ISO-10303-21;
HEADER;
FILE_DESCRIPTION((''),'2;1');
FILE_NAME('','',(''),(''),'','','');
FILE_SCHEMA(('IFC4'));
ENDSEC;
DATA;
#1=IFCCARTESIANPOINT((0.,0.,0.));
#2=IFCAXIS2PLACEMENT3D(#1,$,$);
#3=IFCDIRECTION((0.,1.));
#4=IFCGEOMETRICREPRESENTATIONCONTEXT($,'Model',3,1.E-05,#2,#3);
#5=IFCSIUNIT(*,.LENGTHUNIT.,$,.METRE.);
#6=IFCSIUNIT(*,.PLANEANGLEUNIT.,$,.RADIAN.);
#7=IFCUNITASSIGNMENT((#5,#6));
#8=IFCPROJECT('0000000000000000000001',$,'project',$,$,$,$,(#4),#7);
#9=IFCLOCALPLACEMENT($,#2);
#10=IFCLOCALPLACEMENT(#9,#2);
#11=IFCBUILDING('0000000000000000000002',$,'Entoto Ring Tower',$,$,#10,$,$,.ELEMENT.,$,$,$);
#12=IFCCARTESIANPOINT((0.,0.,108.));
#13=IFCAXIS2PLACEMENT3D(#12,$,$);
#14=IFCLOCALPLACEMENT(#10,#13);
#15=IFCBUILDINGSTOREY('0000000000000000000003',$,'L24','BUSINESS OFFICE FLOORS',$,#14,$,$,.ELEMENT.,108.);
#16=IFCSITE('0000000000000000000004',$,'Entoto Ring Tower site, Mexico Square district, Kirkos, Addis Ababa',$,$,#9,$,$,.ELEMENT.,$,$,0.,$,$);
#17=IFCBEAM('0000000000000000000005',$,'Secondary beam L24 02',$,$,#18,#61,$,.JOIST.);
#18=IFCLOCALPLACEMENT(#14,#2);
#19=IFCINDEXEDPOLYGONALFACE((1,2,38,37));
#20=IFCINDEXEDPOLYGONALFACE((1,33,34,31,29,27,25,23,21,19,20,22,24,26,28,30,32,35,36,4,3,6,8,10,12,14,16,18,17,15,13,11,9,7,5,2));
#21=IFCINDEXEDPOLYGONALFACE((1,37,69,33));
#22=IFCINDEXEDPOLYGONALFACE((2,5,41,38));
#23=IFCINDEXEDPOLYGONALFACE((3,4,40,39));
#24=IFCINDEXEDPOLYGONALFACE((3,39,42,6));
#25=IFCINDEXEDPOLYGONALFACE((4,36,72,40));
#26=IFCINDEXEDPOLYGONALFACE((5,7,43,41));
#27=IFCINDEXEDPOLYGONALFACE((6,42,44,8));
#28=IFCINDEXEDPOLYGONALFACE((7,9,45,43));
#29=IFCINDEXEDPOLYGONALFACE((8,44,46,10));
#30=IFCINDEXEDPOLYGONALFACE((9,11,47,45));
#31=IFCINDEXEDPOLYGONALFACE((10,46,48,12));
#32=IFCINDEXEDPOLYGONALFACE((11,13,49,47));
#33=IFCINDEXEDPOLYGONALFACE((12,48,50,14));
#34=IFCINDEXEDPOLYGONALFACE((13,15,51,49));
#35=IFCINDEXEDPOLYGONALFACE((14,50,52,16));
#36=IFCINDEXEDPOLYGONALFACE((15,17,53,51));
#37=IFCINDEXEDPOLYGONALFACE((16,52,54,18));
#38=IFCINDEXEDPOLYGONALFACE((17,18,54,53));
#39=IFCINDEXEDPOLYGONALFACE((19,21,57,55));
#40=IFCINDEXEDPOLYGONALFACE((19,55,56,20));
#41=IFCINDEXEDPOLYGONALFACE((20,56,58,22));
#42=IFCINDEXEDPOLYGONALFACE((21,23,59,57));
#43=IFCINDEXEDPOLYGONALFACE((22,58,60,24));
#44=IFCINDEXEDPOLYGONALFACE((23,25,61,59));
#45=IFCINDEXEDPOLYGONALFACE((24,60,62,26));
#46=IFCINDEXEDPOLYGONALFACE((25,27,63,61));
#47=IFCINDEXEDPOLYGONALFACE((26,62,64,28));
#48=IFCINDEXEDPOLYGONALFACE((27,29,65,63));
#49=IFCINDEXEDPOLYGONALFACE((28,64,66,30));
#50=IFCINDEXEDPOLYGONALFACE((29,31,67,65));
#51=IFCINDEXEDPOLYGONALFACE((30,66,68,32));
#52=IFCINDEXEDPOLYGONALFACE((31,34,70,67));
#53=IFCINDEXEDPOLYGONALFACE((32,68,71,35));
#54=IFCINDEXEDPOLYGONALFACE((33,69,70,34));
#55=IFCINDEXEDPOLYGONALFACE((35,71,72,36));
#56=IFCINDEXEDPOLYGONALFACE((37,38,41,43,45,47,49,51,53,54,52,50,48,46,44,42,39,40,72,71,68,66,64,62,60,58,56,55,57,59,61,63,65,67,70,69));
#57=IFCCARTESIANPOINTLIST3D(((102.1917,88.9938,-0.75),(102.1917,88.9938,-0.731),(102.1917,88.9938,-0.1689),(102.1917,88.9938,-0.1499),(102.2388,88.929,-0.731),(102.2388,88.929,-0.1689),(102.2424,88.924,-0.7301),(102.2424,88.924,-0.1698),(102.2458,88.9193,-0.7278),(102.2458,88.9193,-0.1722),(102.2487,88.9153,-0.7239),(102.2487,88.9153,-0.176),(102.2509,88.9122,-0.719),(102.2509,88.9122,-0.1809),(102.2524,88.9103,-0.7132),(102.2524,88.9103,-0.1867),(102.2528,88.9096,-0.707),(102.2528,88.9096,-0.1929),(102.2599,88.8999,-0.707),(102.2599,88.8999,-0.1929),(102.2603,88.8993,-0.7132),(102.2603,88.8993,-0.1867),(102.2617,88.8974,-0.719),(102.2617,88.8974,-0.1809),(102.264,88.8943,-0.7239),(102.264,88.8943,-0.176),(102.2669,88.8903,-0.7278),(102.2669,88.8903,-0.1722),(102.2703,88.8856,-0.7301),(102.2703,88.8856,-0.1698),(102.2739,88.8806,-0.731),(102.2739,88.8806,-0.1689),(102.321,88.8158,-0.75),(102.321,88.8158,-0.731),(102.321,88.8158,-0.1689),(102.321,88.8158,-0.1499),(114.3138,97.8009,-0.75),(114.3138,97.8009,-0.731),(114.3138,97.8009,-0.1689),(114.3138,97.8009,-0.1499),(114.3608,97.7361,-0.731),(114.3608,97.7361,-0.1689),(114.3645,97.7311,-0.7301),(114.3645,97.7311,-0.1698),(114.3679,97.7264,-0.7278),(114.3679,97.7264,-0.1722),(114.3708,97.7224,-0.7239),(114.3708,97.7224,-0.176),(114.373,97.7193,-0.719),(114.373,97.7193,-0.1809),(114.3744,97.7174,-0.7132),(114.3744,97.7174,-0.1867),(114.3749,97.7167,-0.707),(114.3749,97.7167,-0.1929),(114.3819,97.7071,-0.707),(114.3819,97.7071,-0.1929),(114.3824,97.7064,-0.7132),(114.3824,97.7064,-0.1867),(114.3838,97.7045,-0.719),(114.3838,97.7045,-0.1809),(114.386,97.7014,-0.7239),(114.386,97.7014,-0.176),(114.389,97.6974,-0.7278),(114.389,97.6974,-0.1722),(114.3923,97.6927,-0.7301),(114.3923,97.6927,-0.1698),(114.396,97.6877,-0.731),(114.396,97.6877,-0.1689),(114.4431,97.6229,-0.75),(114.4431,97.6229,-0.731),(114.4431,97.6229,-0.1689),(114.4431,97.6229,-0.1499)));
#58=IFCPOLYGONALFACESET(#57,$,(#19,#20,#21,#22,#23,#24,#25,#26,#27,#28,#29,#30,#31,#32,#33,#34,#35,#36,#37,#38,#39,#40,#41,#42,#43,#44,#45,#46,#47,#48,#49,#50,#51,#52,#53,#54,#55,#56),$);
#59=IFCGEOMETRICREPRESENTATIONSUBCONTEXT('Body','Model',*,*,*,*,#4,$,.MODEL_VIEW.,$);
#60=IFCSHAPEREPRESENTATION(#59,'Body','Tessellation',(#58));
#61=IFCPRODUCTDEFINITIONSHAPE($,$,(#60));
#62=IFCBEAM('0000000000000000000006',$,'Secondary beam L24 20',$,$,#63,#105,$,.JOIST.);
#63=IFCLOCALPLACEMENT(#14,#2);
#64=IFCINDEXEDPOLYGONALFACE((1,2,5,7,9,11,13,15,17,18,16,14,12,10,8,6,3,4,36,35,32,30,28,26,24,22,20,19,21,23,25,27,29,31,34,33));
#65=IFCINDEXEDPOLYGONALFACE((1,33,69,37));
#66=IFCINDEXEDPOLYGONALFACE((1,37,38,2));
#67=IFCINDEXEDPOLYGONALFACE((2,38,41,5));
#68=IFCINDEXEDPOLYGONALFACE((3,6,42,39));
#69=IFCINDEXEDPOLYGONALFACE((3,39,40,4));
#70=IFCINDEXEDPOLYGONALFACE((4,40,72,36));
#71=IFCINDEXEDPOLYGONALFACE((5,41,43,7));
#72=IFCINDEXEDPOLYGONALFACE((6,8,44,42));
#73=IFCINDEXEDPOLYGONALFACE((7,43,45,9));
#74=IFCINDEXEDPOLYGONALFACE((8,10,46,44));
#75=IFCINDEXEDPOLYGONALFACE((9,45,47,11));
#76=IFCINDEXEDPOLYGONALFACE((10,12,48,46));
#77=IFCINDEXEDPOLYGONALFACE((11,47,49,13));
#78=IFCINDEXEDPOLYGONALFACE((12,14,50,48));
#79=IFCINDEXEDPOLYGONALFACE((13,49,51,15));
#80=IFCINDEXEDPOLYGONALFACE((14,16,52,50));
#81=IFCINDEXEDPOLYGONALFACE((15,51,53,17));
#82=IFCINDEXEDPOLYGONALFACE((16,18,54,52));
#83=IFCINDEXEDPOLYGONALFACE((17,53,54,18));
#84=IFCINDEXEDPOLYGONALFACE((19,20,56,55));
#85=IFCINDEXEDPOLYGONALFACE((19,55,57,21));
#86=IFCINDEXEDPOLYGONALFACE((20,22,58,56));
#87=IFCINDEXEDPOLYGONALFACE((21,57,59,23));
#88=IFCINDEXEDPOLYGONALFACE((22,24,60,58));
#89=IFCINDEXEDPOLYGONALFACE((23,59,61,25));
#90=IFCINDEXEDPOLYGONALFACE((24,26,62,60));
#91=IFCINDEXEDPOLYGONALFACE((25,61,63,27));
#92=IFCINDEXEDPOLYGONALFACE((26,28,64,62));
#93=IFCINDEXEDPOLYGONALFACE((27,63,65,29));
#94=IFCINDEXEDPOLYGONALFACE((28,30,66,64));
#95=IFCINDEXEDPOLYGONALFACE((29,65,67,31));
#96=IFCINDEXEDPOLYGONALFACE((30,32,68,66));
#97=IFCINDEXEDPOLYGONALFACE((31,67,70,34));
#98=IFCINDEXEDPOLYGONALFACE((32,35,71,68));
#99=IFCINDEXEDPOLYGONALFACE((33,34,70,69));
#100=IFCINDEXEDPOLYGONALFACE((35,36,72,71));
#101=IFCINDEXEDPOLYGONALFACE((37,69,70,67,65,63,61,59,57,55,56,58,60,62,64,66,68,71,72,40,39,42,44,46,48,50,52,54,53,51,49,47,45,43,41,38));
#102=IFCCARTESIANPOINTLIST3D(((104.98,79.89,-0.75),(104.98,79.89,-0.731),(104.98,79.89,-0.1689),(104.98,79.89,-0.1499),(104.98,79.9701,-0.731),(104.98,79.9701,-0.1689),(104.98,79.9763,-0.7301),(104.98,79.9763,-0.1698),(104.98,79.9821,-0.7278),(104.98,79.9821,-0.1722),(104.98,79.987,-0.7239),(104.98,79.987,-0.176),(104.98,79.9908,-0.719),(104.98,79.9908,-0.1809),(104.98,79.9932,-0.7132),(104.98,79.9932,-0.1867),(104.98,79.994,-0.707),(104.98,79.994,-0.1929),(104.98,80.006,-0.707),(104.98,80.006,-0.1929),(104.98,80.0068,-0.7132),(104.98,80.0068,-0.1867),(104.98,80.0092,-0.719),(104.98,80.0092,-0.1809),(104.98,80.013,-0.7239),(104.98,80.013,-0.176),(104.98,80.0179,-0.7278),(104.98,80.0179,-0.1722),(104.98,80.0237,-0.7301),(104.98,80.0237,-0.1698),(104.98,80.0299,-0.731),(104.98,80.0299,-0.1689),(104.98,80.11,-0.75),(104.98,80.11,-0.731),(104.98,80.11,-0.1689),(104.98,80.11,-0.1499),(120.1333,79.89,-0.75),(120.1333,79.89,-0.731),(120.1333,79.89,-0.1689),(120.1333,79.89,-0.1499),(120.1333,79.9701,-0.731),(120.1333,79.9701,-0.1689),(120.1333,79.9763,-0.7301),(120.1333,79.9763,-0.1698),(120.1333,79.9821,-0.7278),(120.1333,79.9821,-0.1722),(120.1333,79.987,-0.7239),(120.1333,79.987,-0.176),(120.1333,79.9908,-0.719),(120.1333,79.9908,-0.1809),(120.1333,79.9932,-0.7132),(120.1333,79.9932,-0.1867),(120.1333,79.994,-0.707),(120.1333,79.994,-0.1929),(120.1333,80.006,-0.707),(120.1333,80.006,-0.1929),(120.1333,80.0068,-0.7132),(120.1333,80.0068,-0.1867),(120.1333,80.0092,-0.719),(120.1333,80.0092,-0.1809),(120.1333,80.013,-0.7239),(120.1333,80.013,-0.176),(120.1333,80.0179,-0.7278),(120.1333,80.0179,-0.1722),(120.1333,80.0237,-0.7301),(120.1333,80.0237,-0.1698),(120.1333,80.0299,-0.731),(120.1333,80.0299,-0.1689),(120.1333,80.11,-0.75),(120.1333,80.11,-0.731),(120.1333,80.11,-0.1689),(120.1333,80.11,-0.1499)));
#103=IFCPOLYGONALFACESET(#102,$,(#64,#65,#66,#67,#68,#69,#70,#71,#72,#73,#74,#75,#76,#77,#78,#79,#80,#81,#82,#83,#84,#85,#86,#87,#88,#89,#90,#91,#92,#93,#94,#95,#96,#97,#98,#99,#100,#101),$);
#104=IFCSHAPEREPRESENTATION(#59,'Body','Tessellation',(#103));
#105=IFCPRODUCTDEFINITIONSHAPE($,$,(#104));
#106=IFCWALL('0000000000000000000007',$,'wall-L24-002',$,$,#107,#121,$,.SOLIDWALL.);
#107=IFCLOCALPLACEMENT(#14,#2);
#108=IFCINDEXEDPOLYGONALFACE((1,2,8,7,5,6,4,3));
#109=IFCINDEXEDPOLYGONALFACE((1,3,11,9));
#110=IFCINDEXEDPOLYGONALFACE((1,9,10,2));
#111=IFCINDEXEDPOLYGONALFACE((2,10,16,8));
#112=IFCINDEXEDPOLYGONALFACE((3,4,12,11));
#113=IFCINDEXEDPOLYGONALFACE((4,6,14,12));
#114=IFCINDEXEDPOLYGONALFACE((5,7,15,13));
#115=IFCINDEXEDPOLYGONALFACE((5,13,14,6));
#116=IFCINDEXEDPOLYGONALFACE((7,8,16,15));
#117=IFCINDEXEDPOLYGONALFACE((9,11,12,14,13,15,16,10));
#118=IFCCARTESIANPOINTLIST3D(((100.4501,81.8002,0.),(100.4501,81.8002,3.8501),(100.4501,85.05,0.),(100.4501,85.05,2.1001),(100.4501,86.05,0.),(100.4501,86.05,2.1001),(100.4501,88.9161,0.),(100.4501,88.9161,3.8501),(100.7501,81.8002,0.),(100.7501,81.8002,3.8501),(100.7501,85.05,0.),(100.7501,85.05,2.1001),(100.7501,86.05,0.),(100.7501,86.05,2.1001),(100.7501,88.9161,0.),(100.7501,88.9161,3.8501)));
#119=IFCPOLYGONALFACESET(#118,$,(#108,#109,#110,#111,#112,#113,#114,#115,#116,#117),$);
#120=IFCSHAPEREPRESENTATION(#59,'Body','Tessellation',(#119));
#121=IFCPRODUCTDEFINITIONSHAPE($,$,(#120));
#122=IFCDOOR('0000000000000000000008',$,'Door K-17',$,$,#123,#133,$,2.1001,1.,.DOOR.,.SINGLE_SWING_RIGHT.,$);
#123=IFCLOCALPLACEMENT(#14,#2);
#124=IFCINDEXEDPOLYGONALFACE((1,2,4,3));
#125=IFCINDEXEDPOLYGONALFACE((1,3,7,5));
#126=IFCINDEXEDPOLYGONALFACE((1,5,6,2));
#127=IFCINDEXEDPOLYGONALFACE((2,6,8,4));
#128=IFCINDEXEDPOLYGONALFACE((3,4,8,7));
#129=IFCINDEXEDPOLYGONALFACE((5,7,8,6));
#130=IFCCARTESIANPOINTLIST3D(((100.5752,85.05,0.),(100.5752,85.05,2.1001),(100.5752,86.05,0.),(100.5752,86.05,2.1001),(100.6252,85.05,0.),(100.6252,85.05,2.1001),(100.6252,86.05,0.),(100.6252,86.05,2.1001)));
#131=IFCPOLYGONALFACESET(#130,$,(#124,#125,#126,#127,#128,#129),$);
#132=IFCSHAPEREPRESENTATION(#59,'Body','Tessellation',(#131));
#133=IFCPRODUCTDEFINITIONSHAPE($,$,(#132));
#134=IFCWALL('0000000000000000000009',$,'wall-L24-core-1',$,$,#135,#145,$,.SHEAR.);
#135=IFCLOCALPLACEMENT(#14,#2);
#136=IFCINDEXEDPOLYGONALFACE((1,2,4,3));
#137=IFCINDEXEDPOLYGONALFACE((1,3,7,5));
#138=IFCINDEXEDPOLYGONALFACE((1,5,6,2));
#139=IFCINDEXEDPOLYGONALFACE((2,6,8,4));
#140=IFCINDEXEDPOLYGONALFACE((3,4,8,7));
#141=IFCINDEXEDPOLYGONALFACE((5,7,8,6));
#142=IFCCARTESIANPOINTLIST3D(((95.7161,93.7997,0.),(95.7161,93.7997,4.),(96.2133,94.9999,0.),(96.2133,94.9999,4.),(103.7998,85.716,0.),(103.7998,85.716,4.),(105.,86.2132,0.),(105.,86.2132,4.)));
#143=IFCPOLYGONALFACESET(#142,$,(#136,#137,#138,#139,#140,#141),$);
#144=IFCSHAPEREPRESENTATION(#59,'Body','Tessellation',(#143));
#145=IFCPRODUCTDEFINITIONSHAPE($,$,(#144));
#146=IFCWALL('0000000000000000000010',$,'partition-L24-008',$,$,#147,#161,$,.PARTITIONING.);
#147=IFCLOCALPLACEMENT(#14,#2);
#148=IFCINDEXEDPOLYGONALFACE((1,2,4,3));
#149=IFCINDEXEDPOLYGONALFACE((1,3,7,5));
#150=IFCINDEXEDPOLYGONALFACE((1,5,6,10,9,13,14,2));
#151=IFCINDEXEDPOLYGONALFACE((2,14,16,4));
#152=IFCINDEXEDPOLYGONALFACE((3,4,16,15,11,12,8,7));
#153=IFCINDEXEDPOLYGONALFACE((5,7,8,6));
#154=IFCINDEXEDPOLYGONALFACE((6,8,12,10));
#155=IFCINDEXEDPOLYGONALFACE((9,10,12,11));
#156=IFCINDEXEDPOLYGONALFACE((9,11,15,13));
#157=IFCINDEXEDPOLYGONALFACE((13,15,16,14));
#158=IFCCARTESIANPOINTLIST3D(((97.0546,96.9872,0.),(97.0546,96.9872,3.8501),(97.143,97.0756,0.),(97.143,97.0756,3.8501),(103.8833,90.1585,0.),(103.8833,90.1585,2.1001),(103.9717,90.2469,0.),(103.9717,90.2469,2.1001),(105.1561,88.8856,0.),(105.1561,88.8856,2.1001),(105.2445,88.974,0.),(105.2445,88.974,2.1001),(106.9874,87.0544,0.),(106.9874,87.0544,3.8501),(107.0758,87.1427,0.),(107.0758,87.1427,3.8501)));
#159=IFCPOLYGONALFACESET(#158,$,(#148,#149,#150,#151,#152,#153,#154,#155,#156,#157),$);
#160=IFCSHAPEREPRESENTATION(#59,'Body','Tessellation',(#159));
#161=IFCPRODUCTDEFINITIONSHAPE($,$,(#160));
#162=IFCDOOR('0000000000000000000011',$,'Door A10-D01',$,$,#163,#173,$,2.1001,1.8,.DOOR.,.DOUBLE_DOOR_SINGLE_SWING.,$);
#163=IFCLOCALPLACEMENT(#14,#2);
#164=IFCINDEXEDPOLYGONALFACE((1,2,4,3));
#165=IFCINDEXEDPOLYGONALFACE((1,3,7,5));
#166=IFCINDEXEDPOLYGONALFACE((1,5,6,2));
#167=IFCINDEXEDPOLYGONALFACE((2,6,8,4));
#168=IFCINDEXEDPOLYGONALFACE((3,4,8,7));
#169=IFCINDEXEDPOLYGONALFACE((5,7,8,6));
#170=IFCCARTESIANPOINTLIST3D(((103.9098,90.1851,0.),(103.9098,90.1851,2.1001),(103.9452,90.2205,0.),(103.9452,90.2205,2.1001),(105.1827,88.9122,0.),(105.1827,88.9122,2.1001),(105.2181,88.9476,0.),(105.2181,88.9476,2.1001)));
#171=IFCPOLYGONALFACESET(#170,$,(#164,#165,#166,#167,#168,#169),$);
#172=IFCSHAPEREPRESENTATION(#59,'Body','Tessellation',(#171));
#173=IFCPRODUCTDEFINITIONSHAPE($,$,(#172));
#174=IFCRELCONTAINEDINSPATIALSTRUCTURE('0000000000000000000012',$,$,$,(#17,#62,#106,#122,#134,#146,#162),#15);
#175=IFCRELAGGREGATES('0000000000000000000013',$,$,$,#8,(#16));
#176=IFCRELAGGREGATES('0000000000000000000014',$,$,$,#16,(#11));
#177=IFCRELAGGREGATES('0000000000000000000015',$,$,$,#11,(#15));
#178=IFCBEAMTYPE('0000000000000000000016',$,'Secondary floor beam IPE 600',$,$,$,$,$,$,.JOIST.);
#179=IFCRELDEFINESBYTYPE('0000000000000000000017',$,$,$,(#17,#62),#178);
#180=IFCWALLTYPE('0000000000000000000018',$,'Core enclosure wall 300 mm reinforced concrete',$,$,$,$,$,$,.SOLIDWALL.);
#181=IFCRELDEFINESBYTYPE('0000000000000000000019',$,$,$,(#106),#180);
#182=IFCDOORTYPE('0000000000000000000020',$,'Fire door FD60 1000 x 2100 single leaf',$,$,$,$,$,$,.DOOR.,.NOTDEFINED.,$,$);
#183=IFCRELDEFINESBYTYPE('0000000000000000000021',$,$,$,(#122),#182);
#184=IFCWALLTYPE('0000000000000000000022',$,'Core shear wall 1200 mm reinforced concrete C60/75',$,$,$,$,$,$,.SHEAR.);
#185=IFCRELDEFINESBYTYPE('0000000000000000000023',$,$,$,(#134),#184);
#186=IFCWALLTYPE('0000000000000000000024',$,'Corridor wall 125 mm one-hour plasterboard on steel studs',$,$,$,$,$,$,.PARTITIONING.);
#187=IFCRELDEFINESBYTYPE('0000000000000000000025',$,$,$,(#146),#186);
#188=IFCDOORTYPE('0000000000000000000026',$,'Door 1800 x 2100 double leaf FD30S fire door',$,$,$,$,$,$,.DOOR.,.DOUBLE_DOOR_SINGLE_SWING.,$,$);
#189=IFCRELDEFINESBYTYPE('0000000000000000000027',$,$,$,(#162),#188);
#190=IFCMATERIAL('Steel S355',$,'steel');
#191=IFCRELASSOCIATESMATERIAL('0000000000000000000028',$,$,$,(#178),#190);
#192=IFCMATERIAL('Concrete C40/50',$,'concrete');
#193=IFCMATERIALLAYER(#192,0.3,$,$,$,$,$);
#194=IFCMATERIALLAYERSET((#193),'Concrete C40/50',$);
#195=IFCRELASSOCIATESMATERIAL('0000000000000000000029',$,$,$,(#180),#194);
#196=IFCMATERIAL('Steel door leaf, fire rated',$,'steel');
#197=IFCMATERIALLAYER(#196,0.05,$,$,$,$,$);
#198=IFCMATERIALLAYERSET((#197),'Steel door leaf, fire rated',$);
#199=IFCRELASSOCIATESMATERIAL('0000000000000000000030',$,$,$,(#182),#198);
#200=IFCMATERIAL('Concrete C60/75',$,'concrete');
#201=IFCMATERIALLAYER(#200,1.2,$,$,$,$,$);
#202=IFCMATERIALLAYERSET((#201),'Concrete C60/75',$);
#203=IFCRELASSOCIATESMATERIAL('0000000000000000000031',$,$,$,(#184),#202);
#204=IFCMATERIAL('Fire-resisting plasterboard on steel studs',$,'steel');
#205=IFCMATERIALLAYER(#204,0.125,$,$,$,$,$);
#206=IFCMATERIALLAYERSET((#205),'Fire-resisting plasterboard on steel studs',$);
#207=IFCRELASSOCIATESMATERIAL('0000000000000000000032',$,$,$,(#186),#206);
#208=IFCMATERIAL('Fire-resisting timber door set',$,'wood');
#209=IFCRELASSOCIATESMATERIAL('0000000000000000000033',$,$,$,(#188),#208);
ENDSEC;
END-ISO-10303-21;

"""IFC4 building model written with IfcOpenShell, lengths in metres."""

from ifc_helpers import new_model, si_unit, direction, frame, frame_2d, origin, origin_2d, place, context, subcontext, project, spatial, polyline, rectangle, i_section, outline, extrude, material, layer, layer_set, material_profile, profile_set, type_object, element, fill, save


model = new_model("IFC4")

# Units and contexts
model_context = context("Model", 3, precision=1e-05, world=origin(), true_north=direction((0.0, 1.0)))
body_context = subcontext(model_context, "Body", "Model", "MODEL_VIEW")
ifc_project = project(units=[si_unit("LENGTHUNIT", "METRE"), si_unit("PLANEANGLEUNIT", "RADIAN")], contexts=[model_context])

# Site, building, storey
site_placement = place(None, origin())
site = spatial("IfcSite", under=ifc_project, at=site_placement, Name="Entoto Ring Tower site, Mexico Square district, Kirkos, Addis Ababa", CompositionType="ELEMENT", RefElevation=0.0)
building_placement = place(site_placement, origin())
building = spatial("IfcBuilding", under=site, at=building_placement, Name="Entoto Ring Tower", CompositionType="ELEMENT")
storey_placement = place(building_placement, frame((0.0, 0.0, 108.0)))
storey = spatial("IfcBuildingStorey", under=building, at=storey_placement, Name="L24", Description="BUSINESS OFFICE FLOORS", CompositionType="ELEMENT", Elevation=108.0)

# Beams
ifc_material_1 = material(Name="Steel S355", Category="steel")
ifc_material_profile_1 = material_profile(ifc_material_1, i_section(OverallWidth=0.22, OverallDepth=0.6001, WebThickness=0.012, FlangeThickness=0.019, FilletRadius=0.0239, at=origin_2d()), Name="IPE 600")
ifc_profile_set_1 = profile_set([ifc_material_profile_1], Name="Steel S355")
beam_type_1 = type_object("IfcBeamType", Name="Secondary floor beam IPE 600", PredefinedType="JOIST", material=ifc_profile_set_1)
beam_1_placement = place(storey_placement, frame((102.2563, 88.9048, -0.45), z_axis=(0.809019, 0.587782, 0.0), x_axis=(-0.587782, 0.809019, 0.0)))
element("IfcBeam", 1, at=beam_1_placement, inside=storey, type_object=beam_type_1, Name="Secondary beam L24 02", PredefinedType="JOIST", context=body_context, shape_type="SweptSolid", body=[
    extrude(i_section(OverallWidth=0.22, OverallDepth=0.6001, WebThickness=0.012, FlangeThickness=0.019, FilletRadius=0.0239, at=origin_2d()), origin(), (0.0, 0.0, 1.0), 14.9836),
])
beam_2_placement = place(storey_placement, frame((104.98, 80.0, -0.45), z_axis=(1.0, 0.0, 0.0), x_axis=(0.0, 1.0, 0.0)))
element("IfcBeam", 2, at=beam_2_placement, inside=storey, type_object=beam_type_1, Name="Secondary beam L24 20", PredefinedType="JOIST", context=body_context, shape_type="SweptSolid", body=[
    extrude(i_section(OverallWidth=0.22, OverallDepth=0.6001, WebThickness=0.012, FlangeThickness=0.019, FilletRadius=0.0239, at=origin_2d()), origin(), (0.0, 0.0, 1.0), 15.1533),
])

# Wall, opening, door
ifc_material_2 = material(Name="Concrete C40/50", Category="concrete")
ifc_layer_1 = layer(ifc_material_2, 0.3)
ifc_layer_set_1 = layer_set([ifc_layer_1], Name="Concrete C40/50")
wall_type_1 = type_object("IfcWallType", Name="Core enclosure wall 300 mm reinforced concrete", PredefinedType="SOLIDWALL", material=ifc_layer_set_1)
wall_1_placement = place(storey_placement, frame((100.6001, 81.8, 0.0), z_axis=(0.0, 0.0, 1.0), x_axis=(0.0, 1.0, 0.0)))
wall_1 = element("IfcWall", 3, at=wall_1_placement, inside=storey, type_object=wall_type_1, Name="wall-L24-002", PredefinedType="SOLIDWALL", context=body_context, shape_type="SweptSolid", body=[
    extrude(rectangle(XDim=7.116, YDim=0.3, at=frame_2d((3.5581, 0.0))), origin(), (0.0, 0.0, 1.0), 3.8501),
])
opening_1_placement = place(wall_1_placement, frame((3.25, 0.0, 0.0)))
opening_1 = element("IfcOpeningElement", 4, at=opening_1_placement, cuts=wall_1, PredefinedType="OPENING", context=body_context, shape_type="SweptSolid", body=[
    extrude(rectangle(XDim=1.0, YDim=2.1001, at=frame_2d((0.5, 1.05))), frame((0.0, 0.1602, 0.0), z_axis=(0.0, -1.0, 0.0), x_axis=(1.0, 0.0, 0.0)), (0.0, 0.0, 1.0), 0.3201),
])
ifc_material_3 = material(Name="Steel door leaf, fire rated", Category="steel")
ifc_layer_2 = layer(ifc_material_3, 0.05)
ifc_layer_set_2 = layer_set([ifc_layer_2], Name="Steel door leaf, fire rated")
door_type_1 = type_object("IfcDoorType", Name="Fire door FD60 1000 x 2100 single leaf", OperationType="NOTDEFINED", PredefinedType="DOOR", material=ifc_layer_set_2)
door_1_placement = place(opening_1_placement, origin())
door_1 = element("IfcDoor", 5, at=door_1_placement, inside=storey, type_object=door_type_1, Name="Door K-17", OperationType="SINGLE_SWING_RIGHT", OverallHeight=2.1001, OverallWidth=1.0, PredefinedType="DOOR", context=body_context, shape_type="SweptSolid", body=[
    extrude(rectangle(XDim=1.0, YDim=2.1001, at=frame_2d((0.5, 1.05))), frame((0.0, 0.0249, 0.0), z_axis=(0.0, -1.0, 0.0), x_axis=(1.0, 0.0, 0.0)), (0.0, 0.0, 1.0), 0.05),
])
fill(opening_1, door_1)

# Wall
ifc_material_4 = material(Name="Concrete C60/75", Category="concrete")
ifc_layer_3 = layer(ifc_material_4, 1.2)
ifc_layer_set_3 = layer_set([ifc_layer_3], Name="Concrete C60/75")
wall_type_2 = type_object("IfcWallType", Name="Core shear wall 1200 mm reinforced concrete C60/75", PredefinedType="SHEAR", material=ifc_layer_set_3)
wall_2_placement = place(storey_placement, frame((104.3999, 85.9646, 0.0), z_axis=(0.0, 0.0, 1.0), x_axis=(-0.707107, 0.707107, 0.0)))
element("IfcWall", 6, at=wall_2_placement, inside=storey, type_object=wall_type_2, Name="wall-L24-core-1", PredefinedType="SHEAR", context=body_context, shape_type="SweptSolid", body=[
    extrude(outline(polyline([(-0.2485, -0.6001), (12.1777, -0.6001), (11.6807, 0.6001), (0.2485, 0.6001), (-0.2485, -0.6001)])), origin(), (0.0, 0.0, 1.0), 4.0),
])

# Wall, opening, door
ifc_material_5 = material(Name="Fire-resisting plasterboard on steel studs", Category="steel")
ifc_layer_4 = layer(ifc_material_5, 0.125)
ifc_layer_set_4 = layer_set([ifc_layer_4], Name="Fire-resisting plasterboard on steel studs")
wall_type_3 = type_object("IfcWallType", Name="Corridor wall 125 mm one-hour plasterboard on steel studs", PredefinedType="PARTITIONING", material=ifc_layer_set_4)
wall_3_placement = place(storey_placement, frame((107.0315, 87.0986, 0.0), z_axis=(0.0, 0.0, 1.0), x_axis=(-0.707107, 0.707107, 0.0)))
wall_3 = element("IfcWall", 7, at=wall_3_placement, inside=storey, type_object=wall_type_3, Name="partition-L24-008", PredefinedType="PARTITIONING", context=body_context, shape_type="SweptSolid", body=[
    extrude(rectangle(XDim=14.0471, YDim=0.125, at=frame_2d((7.0234, 0.0))), origin(), (0.0, 0.0, 1.0), 3.8501),
])
opening_2_placement = place(wall_3_placement, frame((2.5898, 0.0, 0.0)))
opening_2 = element("IfcOpeningElement", 8, at=opening_2_placement, cuts=wall_3, PredefinedType="OPENING", context=body_context, shape_type="SweptSolid", body=[
    extrude(rectangle(XDim=1.8, YDim=2.1001, at=frame_2d((0.8999, 1.05))), frame((0.0, 0.0725, 0.0), z_axis=(0.0, -1.0, 0.0), x_axis=(1.0, 0.0, 0.0)), (0.0, 0.0, 1.0), 0.145),
])
ifc_material_6 = material(Name="Fire-resisting timber door set", Category="wood")
door_type_2 = type_object("IfcDoorType", Name="Door 1800 x 2100 double leaf FD30S fire door", OperationType="DOUBLE_DOOR_SINGLE_SWING", PredefinedType="DOOR", material=ifc_material_6)
door_2_placement = place(opening_2_placement, origin())
door_2 = element("IfcDoor", 9, at=door_2_placement, inside=storey, type_object=door_type_2, Name="Door A10-D01", OperationType="DOUBLE_DOOR_SINGLE_SWING", OverallHeight=2.1001, OverallWidth=1.8, PredefinedType="DOOR", context=body_context, shape_type="SweptSolid", body=[
    extrude(rectangle(XDim=1.8, YDim=2.1001, at=frame_2d((0.8999, 1.05))), frame((0.0, 0.0249, 0.0), z_axis=(0.0, -1.0, 0.0), x_axis=(1.0, 0.0, 0.0)), (0.0, 0.0, 1.0), 0.05),
])
fill(opening_2, door_2)

save(model, "model.ifc")
